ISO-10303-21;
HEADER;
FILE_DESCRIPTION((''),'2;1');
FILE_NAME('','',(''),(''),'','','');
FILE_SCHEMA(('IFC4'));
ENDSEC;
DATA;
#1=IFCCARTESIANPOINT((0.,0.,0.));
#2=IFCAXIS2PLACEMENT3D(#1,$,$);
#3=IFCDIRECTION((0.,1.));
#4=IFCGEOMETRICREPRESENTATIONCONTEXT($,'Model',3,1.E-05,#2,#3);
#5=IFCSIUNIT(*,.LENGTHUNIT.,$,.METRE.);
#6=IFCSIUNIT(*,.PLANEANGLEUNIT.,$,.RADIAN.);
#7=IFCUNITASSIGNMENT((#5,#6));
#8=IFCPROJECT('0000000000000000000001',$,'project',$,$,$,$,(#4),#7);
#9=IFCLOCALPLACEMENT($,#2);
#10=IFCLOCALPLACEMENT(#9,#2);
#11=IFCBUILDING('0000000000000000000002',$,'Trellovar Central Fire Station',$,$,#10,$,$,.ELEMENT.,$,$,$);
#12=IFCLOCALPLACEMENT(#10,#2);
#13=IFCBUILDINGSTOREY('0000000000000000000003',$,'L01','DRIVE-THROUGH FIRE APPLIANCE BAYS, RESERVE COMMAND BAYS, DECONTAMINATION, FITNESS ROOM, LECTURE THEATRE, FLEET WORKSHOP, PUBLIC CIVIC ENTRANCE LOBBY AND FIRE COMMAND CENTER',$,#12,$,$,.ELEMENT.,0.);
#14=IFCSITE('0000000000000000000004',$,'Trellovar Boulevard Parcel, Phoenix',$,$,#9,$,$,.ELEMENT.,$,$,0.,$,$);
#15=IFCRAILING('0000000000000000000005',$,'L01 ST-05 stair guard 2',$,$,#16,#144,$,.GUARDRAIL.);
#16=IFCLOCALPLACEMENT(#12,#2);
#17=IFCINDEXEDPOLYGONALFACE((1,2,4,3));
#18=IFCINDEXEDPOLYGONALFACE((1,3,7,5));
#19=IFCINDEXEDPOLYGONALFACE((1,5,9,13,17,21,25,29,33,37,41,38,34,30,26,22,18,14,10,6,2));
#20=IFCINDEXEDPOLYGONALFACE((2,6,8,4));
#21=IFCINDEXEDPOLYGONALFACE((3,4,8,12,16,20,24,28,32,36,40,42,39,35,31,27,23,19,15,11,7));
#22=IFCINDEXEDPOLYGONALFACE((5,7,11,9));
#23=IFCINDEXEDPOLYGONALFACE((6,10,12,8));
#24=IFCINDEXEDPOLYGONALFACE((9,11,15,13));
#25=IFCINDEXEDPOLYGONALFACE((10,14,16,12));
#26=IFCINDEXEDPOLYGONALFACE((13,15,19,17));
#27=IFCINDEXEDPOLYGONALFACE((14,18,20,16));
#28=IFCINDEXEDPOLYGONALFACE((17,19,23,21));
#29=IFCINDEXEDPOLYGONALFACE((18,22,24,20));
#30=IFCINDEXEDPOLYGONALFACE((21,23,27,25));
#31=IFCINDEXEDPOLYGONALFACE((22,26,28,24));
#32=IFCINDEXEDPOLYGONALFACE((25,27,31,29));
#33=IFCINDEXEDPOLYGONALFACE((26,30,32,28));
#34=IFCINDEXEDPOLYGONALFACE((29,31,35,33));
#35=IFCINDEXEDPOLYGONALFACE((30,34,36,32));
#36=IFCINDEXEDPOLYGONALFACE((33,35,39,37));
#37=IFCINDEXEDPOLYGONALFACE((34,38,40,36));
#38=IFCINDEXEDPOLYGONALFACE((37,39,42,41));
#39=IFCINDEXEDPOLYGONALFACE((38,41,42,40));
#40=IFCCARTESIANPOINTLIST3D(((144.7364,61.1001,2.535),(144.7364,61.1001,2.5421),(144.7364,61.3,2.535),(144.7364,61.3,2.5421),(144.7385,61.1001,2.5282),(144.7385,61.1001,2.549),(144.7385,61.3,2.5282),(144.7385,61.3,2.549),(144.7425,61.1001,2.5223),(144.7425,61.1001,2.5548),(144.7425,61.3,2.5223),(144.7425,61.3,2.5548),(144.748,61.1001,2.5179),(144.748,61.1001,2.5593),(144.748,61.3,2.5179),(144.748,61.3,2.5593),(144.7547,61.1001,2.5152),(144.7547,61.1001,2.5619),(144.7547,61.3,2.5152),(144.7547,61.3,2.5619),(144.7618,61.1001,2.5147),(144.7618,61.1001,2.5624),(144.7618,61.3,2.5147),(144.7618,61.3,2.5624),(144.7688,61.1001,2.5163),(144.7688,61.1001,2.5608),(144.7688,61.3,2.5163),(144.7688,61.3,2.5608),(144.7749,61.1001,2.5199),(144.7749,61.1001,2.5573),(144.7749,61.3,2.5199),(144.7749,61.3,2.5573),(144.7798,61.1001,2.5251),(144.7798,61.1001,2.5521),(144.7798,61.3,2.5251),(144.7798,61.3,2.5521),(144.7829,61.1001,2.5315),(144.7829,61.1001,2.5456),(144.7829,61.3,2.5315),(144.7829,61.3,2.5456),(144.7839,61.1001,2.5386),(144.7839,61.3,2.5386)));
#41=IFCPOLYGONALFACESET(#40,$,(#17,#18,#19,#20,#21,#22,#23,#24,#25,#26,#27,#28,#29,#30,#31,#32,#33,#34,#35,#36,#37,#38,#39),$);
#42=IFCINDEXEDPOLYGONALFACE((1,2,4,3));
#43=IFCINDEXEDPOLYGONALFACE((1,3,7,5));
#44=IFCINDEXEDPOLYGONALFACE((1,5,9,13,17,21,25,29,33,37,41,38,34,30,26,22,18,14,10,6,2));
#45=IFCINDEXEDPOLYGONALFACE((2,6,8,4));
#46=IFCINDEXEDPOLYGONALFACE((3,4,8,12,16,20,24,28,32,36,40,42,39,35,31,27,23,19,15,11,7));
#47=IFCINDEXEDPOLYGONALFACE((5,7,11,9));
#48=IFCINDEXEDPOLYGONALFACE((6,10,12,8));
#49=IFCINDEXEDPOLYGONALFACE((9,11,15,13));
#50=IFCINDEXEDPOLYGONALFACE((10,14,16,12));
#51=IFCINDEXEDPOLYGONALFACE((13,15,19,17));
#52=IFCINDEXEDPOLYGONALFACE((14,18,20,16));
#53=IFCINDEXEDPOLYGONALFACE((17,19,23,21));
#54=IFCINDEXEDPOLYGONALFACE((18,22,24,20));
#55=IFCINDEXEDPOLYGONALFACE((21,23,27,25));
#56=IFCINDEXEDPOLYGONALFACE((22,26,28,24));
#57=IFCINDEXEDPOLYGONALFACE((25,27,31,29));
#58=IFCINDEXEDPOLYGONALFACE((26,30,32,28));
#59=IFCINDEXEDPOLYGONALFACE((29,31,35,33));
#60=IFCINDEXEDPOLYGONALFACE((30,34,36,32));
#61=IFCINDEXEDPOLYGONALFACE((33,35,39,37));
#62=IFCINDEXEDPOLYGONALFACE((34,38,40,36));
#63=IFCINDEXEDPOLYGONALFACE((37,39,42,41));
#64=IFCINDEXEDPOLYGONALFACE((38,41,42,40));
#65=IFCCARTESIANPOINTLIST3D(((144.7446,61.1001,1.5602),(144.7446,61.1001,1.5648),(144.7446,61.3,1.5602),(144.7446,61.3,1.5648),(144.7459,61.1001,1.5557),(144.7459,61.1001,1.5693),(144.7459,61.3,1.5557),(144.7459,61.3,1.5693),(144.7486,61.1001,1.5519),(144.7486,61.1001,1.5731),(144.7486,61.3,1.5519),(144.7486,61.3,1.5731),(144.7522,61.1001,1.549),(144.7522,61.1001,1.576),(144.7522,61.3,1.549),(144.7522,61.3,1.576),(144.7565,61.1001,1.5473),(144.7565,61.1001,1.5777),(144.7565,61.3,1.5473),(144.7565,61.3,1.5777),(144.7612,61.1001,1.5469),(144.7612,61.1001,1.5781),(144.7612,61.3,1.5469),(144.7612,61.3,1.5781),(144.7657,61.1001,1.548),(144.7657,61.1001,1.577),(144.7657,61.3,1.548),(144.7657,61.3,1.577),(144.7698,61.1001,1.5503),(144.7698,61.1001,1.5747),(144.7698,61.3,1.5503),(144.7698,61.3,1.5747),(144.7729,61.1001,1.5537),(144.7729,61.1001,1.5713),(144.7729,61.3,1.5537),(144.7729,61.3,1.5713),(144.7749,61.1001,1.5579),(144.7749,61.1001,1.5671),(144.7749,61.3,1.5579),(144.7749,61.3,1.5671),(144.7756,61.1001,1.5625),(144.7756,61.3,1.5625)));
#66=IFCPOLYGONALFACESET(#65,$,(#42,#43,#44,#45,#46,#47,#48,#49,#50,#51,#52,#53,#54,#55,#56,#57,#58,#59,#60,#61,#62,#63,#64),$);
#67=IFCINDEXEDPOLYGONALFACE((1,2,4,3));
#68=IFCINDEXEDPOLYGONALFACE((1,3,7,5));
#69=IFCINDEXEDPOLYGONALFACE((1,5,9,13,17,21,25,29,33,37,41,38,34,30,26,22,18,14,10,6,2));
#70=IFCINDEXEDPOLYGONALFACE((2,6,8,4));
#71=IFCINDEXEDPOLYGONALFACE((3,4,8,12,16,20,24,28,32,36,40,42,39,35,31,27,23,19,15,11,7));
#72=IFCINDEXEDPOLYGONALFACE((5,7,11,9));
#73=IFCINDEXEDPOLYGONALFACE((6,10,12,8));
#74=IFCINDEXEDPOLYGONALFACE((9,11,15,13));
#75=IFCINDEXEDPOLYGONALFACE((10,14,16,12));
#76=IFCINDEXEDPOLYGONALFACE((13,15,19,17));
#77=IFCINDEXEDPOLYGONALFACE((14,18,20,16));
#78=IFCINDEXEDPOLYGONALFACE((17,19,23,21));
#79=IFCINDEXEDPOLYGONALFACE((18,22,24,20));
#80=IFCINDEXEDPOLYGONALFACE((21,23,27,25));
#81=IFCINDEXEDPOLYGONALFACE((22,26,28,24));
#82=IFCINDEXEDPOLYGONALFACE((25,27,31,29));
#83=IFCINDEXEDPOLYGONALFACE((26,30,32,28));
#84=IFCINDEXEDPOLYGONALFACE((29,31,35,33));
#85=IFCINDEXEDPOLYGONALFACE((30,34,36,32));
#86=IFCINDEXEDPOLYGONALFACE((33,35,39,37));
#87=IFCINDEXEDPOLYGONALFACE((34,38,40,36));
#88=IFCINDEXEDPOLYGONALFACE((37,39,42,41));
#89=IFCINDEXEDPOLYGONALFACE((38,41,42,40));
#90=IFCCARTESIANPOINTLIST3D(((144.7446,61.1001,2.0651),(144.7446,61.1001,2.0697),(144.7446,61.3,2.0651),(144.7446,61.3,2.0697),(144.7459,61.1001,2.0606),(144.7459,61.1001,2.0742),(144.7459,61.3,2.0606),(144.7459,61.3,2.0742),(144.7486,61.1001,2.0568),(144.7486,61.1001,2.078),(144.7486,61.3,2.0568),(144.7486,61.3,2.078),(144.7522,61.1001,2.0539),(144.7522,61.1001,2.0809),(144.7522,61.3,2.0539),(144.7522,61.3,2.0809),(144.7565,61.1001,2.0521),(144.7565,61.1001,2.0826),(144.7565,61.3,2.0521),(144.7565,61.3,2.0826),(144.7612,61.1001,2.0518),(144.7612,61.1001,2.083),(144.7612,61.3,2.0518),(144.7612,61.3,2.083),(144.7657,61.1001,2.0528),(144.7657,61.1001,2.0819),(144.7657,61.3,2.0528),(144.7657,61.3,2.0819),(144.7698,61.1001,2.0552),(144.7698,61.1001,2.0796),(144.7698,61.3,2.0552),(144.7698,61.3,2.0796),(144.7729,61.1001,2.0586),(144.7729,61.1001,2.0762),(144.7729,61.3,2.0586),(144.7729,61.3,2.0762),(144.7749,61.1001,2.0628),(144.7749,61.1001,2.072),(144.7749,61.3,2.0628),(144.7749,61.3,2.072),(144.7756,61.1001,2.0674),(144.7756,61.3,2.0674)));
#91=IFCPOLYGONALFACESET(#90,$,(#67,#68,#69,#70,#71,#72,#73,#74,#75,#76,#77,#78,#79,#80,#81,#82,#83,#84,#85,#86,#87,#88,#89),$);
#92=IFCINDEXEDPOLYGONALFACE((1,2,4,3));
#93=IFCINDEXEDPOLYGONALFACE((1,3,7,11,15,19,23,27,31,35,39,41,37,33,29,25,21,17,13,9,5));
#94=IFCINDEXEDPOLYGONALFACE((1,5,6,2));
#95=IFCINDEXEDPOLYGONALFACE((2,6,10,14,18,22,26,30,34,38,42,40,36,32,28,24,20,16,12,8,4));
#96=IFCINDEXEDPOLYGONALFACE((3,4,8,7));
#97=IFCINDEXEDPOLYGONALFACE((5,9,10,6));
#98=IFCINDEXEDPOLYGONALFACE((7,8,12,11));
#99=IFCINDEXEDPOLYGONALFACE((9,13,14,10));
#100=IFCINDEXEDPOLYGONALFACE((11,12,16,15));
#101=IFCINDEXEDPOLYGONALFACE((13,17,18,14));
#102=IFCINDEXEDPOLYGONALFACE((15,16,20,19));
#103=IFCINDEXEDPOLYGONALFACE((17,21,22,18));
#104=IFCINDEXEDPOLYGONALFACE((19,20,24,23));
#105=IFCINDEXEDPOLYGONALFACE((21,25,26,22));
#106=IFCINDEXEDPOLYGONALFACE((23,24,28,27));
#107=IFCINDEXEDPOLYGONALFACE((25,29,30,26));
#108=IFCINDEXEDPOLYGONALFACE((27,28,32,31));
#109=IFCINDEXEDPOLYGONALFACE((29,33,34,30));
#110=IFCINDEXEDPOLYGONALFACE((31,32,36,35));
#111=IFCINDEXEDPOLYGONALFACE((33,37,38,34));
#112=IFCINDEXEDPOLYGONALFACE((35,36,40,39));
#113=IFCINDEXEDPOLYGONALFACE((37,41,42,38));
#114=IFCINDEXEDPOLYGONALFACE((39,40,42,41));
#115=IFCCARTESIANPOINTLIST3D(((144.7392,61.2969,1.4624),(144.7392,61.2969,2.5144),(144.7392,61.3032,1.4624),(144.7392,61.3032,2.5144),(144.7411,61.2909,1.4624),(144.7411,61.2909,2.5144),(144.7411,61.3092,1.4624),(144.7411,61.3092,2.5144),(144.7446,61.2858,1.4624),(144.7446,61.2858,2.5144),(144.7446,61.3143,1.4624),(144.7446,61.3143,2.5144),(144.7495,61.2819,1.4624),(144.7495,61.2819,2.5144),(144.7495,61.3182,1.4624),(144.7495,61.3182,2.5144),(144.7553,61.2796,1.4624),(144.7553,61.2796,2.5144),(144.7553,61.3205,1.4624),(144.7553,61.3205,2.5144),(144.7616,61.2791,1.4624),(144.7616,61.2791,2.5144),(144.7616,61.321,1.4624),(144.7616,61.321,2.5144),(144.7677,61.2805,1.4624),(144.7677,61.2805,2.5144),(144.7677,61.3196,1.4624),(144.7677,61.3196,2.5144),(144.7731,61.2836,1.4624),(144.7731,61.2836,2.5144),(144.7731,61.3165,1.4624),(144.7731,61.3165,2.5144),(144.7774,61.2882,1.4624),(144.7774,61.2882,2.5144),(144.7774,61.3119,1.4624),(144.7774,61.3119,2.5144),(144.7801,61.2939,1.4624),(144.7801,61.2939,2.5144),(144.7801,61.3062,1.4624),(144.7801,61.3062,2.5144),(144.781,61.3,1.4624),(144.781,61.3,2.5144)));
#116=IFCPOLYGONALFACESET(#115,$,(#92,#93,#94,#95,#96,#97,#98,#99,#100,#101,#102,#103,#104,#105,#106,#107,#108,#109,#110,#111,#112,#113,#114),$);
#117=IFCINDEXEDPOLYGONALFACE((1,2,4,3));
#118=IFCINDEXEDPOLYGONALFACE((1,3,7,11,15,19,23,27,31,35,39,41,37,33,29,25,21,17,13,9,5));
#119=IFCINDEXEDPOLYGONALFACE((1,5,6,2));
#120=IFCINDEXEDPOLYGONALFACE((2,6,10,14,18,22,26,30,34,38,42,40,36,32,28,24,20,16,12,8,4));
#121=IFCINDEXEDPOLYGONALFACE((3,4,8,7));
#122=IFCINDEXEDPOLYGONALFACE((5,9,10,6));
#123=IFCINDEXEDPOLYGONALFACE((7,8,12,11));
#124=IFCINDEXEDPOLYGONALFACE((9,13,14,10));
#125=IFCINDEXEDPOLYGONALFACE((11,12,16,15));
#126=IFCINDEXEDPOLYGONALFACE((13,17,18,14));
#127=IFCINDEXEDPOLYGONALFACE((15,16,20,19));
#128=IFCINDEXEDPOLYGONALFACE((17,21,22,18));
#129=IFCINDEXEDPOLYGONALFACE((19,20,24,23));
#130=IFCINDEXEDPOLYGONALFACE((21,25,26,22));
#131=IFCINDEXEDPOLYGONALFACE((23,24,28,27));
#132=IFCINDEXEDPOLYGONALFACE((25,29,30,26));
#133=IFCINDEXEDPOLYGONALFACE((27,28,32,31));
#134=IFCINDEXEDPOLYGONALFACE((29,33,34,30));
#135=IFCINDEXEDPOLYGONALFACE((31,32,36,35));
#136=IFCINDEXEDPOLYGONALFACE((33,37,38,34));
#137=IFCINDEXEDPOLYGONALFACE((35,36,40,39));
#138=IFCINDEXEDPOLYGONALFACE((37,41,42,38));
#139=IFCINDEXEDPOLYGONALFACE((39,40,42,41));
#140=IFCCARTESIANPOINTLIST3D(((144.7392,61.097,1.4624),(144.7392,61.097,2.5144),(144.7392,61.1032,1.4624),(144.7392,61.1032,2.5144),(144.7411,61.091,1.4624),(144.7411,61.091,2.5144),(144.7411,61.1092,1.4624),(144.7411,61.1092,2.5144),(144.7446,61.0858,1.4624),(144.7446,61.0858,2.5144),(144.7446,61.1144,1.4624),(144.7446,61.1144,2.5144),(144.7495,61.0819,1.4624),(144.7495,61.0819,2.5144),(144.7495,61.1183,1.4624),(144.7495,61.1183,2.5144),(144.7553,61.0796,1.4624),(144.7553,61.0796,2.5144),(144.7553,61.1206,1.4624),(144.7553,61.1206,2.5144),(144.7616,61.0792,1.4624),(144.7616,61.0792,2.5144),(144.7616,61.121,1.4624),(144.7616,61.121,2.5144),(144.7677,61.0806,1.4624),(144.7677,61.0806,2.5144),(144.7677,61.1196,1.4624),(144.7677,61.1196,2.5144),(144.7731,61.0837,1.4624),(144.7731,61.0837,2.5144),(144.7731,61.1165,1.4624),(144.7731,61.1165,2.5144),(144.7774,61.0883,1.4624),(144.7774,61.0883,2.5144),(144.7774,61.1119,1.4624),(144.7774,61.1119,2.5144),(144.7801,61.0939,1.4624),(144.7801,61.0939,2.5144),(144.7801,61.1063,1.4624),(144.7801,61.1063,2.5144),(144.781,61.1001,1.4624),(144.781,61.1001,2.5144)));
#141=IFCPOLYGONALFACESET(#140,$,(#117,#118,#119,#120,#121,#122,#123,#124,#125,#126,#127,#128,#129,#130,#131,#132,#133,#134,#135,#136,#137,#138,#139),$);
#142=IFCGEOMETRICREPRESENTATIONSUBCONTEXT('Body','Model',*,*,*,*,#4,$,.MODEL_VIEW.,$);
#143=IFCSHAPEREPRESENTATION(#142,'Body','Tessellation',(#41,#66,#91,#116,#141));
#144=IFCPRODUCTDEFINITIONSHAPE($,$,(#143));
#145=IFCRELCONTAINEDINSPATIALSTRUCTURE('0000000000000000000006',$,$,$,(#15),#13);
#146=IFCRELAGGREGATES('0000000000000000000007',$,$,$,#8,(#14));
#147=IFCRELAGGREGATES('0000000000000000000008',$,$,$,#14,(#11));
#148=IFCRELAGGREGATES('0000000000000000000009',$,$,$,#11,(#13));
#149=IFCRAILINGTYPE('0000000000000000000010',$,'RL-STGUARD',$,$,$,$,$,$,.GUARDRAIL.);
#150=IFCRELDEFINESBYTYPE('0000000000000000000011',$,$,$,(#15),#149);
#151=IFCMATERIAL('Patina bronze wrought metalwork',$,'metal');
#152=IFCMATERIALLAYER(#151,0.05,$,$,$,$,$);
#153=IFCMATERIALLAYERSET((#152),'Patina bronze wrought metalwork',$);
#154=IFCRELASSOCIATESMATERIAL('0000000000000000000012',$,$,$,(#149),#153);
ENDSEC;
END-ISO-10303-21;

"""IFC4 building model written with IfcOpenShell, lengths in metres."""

from ifc_helpers import new_model, si_unit, direction, frame, origin, origin_2d, place, context, subcontext, project, spatial, circle, extrude, material, layer, layer_set, type_object, element, save


model = new_model("IFC4")

# Units and contexts
model_context = context("Model", 3, precision=1e-05, world=origin(), true_north=direction((0.0, 1.0)))
body_context = subcontext(model_context, "Body", "Model", "MODEL_VIEW")
ifc_project = project(units=[si_unit("LENGTHUNIT", "METRE"), si_unit("PLANEANGLEUNIT", "RADIAN")], contexts=[model_context])

# Site, building, storey
site_placement = place(None, origin())
site = spatial("IfcSite", under=ifc_project, at=site_placement, Name="Trellovar Boulevard Parcel, Phoenix", CompositionType="ELEMENT", RefElevation=0.0)
building_placement = place(site_placement, origin())
building = spatial("IfcBuilding", under=site, at=building_placement, Name="Trellovar Central Fire Station", CompositionType="ELEMENT")
storey_placement = place(building_placement, origin())
storey = spatial("IfcBuildingStorey", under=building, at=storey_placement, Name="L01", Description="DRIVE-THROUGH FIRE APPLIANCE BAYS, RESERVE COMMAND BAYS, DECONTAMINATION, FITNESS ROOM, LECTURE THEATRE, FLEET WORKSHOP, PUBLIC CIVIC ENTRANCE LOBBY AND FIRE COMMAND CENTER", CompositionType="ELEMENT", Elevation=0.0)

# Railing
ifc_material_1 = material(Name="Patina bronze wrought metalwork", Category="metal")
ifc_layer_1 = layer(ifc_material_1, 0.05)
ifc_layer_set_1 = layer_set([ifc_layer_1], Name="Patina bronze wrought metalwork")
railing_type_1 = type_object("IfcRailingType", Name="RL-STGUARD", PredefinedType="GUARDRAIL", material=ifc_layer_set_1)
railing_1_placement = place(storey_placement, frame((144.76, 61.3, 1.4624)))
element("IfcRailing", 1, at=railing_1_placement, inside=storey, type_object=railing_type_1, Name="L01 ST-05 stair guard 2", PredefinedType="GUARDRAIL", context=body_context, shape_type="SweptSolid", body=[
    extrude(circle(Radius=0.0239, at=origin_2d()), frame((0.0, 0.0, 1.0762), z_axis=(0.0, -1.0, 0.0), x_axis=(1.0, 0.0, 0.0)), (0.0, 0.0, 1.0), 0.2),
    extrude(circle(Radius=0.0156, at=origin_2d()), frame((0.0, 0.0, 0.1001), z_axis=(0.0, -1.0, 0.0), x_axis=(1.0, 0.0, 0.0)), (0.0, 0.0, 1.0), 0.2),
    extrude(circle(Radius=0.0156, at=origin_2d()), frame((0.0, 0.0, 0.605), z_axis=(0.0, -1.0, 0.0), x_axis=(1.0, 0.0, 0.0)), (0.0, 0.0, 1.0), 0.2),
    extrude(circle(Radius=0.021, at=origin_2d()), origin(), (0.0, 0.0, 1.0), 1.052),
    extrude(circle(Radius=0.021, at=origin_2d()), frame((0.0, -0.2, 0.0)), (0.0, 0.0, 1.0), 1.052),
])

save(model, "model.ifc")
